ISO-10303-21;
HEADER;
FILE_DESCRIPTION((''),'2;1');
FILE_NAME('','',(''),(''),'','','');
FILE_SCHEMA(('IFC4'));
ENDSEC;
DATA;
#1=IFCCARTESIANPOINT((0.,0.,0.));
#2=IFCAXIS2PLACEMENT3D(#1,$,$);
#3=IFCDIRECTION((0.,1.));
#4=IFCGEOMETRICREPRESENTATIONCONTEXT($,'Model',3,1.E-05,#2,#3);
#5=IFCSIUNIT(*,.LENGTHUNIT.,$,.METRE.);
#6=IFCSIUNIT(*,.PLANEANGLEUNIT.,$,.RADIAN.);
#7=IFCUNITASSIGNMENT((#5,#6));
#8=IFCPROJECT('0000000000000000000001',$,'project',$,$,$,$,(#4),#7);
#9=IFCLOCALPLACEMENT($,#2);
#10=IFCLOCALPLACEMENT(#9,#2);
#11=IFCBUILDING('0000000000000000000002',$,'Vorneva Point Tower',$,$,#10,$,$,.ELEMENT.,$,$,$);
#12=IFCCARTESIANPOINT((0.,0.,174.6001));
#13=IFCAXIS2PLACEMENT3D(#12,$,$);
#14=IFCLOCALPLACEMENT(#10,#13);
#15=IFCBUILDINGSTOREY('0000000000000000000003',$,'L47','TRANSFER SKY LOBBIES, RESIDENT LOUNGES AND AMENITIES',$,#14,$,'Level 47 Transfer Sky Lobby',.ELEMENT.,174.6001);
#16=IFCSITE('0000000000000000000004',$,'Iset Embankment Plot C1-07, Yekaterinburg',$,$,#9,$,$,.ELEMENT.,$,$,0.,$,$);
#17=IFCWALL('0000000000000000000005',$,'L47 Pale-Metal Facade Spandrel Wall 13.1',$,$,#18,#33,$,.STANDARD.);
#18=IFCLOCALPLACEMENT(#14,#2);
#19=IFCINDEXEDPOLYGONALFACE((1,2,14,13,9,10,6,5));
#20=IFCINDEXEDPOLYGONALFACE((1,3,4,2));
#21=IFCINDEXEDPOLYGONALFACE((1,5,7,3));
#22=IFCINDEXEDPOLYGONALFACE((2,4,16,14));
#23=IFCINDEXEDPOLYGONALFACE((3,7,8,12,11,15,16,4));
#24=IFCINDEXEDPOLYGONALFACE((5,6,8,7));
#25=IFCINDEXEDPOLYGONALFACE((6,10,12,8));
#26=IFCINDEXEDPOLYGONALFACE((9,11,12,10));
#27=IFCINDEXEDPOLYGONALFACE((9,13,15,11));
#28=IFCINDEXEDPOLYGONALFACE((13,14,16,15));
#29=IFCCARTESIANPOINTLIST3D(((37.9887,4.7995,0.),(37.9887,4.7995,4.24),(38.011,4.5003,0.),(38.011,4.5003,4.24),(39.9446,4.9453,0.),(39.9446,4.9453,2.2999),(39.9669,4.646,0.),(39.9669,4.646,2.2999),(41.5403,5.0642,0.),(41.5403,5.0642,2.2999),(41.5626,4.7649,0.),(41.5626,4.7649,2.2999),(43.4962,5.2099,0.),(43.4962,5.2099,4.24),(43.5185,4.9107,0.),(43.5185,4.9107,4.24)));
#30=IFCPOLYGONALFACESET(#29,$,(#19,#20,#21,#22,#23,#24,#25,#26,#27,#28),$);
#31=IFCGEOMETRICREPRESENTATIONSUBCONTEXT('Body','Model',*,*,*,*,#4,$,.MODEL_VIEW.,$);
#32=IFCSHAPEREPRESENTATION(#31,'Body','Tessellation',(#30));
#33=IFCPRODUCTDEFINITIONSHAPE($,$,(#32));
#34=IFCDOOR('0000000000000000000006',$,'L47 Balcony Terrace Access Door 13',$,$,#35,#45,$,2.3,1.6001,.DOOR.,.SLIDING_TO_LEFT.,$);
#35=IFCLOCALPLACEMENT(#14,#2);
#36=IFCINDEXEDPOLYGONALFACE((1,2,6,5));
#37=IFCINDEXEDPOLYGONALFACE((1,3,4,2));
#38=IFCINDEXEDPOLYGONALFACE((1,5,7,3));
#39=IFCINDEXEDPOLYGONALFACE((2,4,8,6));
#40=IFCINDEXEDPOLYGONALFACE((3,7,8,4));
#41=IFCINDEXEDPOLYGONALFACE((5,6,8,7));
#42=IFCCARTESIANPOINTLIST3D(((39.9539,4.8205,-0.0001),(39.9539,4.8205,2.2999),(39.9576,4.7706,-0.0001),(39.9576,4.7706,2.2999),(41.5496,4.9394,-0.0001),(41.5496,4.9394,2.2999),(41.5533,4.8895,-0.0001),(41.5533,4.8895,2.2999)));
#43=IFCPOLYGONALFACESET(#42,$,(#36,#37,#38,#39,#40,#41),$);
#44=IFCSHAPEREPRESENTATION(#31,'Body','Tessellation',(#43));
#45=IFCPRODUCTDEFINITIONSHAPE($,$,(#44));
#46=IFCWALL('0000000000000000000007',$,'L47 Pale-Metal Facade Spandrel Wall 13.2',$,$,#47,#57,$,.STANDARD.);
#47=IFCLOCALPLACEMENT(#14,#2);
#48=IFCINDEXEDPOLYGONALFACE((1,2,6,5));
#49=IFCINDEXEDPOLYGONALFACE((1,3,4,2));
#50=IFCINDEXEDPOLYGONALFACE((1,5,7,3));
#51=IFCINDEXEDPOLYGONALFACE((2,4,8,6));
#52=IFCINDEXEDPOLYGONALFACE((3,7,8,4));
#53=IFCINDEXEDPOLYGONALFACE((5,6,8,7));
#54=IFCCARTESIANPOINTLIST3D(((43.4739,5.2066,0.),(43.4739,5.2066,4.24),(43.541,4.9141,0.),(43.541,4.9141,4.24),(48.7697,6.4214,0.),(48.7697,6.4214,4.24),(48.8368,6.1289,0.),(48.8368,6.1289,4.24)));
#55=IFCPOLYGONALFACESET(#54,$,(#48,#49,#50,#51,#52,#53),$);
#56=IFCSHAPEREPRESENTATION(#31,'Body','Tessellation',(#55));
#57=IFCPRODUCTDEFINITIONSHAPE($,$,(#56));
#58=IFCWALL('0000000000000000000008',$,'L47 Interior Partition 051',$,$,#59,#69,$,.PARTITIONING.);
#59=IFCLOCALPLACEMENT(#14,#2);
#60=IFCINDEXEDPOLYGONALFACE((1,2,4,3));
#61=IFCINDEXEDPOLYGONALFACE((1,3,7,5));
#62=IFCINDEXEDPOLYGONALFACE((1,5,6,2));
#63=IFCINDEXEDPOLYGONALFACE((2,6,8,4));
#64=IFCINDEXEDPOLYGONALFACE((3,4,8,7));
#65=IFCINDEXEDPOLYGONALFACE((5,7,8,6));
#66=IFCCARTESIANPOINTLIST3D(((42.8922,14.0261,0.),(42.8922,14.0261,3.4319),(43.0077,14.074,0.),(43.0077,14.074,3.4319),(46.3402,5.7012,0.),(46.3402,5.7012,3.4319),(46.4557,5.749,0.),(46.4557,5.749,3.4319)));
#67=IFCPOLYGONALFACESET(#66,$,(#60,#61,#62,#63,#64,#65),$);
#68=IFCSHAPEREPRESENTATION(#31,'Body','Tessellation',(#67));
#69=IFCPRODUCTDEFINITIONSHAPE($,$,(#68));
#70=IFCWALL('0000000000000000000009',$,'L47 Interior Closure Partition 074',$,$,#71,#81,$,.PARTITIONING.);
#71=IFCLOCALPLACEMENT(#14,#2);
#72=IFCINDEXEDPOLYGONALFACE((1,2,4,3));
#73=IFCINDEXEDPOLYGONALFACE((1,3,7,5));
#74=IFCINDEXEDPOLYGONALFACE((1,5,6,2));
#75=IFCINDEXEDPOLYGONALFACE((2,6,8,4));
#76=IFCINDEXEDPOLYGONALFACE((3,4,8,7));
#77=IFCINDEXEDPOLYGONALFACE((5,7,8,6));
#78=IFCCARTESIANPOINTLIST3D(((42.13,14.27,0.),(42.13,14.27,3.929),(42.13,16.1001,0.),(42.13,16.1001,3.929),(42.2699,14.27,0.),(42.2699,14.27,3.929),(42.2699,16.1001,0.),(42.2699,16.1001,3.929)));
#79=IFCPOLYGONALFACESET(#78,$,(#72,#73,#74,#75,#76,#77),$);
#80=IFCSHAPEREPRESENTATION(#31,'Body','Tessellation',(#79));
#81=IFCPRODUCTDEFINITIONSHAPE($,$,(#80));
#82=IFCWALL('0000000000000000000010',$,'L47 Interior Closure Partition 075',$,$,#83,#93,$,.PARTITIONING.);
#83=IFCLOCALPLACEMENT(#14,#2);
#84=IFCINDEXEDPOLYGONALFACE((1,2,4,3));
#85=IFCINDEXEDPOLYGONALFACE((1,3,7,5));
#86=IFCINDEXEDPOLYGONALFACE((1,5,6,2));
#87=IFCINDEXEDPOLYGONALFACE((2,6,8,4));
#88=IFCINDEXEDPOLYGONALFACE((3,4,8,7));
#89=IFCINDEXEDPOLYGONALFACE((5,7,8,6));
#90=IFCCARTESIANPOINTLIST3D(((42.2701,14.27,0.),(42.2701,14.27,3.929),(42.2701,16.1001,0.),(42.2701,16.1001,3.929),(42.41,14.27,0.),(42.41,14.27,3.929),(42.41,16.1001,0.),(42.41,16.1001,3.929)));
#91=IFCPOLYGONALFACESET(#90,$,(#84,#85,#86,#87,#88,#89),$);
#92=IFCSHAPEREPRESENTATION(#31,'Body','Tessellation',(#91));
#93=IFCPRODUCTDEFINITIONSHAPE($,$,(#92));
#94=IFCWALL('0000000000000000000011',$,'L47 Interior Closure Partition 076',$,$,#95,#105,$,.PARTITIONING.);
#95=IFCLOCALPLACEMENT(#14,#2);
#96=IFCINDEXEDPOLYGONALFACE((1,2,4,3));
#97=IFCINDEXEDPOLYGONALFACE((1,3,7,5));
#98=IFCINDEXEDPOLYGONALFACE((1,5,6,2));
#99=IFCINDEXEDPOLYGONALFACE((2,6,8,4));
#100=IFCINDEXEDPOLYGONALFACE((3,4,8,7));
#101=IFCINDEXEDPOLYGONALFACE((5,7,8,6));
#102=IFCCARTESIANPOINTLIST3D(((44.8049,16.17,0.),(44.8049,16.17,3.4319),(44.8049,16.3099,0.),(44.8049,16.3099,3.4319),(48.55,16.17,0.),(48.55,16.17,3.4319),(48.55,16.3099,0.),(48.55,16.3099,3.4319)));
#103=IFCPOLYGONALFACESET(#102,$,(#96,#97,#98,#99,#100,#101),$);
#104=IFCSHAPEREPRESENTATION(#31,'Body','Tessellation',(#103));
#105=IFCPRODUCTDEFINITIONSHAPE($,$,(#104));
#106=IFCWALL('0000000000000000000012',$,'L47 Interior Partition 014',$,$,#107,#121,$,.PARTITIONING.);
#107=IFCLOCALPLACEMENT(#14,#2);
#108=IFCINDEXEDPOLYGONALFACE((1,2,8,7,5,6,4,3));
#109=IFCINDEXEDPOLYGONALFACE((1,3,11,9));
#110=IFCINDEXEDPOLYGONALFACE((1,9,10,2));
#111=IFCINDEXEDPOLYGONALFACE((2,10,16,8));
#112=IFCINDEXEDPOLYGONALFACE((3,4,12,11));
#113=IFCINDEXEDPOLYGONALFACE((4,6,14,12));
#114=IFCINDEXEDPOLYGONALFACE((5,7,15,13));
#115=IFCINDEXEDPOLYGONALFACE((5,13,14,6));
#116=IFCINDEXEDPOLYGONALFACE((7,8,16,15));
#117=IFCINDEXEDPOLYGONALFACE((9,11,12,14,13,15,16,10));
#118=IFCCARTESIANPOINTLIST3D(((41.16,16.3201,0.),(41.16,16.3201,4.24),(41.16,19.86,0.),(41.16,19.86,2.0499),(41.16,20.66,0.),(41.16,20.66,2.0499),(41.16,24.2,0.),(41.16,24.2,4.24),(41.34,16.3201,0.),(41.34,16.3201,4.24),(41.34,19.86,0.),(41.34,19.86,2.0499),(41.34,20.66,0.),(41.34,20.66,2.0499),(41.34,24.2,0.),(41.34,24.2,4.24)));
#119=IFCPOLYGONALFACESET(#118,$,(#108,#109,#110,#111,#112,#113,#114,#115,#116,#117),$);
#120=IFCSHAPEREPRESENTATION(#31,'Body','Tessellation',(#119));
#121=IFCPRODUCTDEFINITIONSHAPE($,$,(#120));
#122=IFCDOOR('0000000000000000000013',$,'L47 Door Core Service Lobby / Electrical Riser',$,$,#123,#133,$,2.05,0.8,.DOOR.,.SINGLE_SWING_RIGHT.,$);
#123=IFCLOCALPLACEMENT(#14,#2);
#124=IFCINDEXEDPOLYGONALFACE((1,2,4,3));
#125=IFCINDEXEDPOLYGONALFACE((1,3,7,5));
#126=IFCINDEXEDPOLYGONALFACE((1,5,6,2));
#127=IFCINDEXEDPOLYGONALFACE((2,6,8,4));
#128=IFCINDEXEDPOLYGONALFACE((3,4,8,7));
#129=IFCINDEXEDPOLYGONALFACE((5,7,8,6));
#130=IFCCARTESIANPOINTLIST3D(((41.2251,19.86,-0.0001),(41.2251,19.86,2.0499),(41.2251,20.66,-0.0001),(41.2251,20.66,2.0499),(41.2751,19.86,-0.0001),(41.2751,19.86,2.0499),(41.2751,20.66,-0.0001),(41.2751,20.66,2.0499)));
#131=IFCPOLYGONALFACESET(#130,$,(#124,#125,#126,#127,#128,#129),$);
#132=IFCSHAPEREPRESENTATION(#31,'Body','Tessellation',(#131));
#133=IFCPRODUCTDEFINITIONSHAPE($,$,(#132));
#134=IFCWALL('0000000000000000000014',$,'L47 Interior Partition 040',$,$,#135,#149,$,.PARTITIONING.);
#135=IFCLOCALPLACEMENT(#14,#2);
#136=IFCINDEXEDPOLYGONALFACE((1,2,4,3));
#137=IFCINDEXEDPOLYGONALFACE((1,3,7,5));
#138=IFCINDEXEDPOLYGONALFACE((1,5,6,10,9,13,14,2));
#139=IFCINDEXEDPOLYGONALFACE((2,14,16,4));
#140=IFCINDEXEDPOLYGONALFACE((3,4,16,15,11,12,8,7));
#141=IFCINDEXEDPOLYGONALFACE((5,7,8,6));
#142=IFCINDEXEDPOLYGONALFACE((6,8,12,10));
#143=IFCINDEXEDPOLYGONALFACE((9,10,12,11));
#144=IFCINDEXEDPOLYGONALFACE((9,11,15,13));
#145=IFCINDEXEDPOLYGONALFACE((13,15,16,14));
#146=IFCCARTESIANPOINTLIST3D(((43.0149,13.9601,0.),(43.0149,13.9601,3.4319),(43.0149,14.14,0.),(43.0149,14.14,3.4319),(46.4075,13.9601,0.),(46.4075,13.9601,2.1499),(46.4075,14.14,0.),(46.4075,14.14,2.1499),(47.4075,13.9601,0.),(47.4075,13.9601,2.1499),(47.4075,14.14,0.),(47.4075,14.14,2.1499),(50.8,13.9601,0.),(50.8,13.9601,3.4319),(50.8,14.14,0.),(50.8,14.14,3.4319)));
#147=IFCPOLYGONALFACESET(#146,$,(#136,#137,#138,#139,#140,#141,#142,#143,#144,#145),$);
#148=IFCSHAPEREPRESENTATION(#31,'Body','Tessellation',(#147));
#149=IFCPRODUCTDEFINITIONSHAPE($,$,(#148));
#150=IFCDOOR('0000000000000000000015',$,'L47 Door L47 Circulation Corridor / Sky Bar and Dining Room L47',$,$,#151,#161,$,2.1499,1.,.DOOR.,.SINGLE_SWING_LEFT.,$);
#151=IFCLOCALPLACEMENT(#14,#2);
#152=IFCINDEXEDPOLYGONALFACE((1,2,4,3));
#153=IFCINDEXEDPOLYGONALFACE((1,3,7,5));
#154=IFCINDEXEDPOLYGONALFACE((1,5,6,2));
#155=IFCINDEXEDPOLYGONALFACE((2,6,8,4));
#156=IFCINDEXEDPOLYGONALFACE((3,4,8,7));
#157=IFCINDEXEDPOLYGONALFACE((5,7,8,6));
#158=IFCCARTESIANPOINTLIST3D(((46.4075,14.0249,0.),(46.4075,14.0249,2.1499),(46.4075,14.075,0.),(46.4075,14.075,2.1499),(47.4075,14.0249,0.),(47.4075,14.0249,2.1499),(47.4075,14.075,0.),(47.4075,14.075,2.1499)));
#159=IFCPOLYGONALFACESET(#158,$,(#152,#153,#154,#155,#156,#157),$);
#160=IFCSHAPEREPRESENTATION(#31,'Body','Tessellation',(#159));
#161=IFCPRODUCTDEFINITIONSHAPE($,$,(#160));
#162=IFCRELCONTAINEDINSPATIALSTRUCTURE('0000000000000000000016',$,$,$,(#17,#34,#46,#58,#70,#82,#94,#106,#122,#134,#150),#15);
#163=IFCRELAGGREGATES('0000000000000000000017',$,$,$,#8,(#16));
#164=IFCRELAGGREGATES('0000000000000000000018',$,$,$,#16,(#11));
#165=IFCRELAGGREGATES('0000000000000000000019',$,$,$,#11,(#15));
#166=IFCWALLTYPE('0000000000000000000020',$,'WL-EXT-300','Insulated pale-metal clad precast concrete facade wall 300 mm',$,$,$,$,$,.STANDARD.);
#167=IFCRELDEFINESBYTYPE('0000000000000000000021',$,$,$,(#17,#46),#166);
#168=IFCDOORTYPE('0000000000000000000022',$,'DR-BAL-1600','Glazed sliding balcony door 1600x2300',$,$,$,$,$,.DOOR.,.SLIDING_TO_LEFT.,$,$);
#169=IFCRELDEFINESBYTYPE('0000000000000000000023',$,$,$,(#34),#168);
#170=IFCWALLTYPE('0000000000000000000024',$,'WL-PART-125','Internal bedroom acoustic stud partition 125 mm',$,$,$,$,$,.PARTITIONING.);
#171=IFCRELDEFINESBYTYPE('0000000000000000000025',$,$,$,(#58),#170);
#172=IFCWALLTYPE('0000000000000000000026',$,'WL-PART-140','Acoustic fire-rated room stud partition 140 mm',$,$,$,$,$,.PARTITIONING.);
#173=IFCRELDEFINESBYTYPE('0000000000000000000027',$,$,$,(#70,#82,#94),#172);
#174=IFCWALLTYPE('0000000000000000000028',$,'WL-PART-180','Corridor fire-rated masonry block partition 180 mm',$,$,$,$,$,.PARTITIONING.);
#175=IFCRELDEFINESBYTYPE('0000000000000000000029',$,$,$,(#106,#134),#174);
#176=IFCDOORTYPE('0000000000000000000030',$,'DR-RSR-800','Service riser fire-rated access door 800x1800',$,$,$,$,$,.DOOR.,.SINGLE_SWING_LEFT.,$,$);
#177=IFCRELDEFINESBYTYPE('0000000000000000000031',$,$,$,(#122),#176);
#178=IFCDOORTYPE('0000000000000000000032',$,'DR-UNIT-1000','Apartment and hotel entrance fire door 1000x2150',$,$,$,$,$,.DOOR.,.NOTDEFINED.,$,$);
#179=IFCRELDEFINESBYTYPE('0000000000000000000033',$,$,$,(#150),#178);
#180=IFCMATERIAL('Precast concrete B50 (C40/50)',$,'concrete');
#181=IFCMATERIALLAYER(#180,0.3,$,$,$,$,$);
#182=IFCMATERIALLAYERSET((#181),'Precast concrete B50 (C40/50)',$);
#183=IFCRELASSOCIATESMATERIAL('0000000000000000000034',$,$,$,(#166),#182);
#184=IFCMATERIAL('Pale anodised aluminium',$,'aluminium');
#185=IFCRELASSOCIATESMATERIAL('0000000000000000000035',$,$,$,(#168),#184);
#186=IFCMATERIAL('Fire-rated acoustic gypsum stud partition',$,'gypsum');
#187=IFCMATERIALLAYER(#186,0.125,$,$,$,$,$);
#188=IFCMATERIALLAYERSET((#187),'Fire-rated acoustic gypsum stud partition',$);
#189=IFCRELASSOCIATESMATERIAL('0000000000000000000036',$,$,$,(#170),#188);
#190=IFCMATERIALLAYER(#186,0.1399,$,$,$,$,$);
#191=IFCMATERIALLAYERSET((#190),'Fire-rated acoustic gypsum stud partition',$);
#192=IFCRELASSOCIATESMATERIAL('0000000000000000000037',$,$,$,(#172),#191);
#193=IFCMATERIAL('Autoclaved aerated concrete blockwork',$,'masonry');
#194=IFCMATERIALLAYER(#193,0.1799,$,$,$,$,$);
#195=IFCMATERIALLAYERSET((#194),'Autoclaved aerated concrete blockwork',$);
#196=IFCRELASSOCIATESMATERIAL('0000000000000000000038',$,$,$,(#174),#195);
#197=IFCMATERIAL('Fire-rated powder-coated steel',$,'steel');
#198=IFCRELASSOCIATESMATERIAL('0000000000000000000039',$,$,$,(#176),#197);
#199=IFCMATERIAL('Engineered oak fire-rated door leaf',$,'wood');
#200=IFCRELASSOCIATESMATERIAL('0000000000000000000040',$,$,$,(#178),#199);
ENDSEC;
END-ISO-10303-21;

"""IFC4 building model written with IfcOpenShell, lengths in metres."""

from ifc_helpers import new_model, si_unit, direction, frame, frame_2d, origin, place, context, subcontext, project, spatial, rectangle, extrude, material, layer, layer_set, type_object, element, fill, save


model = new_model("IFC4")

# Units and contexts
model_context = context("Model", 3, precision=1e-05, world=origin(), true_north=direction((0.0, 1.0)))
body_context = subcontext(model_context, "Body", "Model", "MODEL_VIEW")
ifc_project = project(units=[si_unit("LENGTHUNIT", "METRE"), si_unit("PLANEANGLEUNIT", "RADIAN")], contexts=[model_context])

# Site, building, storey
site_placement = place(None, origin())
site = spatial("IfcSite", under=ifc_project, at=site_placement, Name="Iset Embankment Plot C1-07, Yekaterinburg", CompositionType="ELEMENT", RefElevation=0.0)
building_placement = place(site_placement, origin())
building = spatial("IfcBuilding", under=site, at=building_placement, Name="Vorneva Point Tower", CompositionType="ELEMENT")
storey_placement = place(building_placement, frame((0.0, 0.0, 174.6001)))
storey = spatial("IfcBuildingStorey", under=building, at=storey_placement, Name="L47", Description="TRANSFER SKY LOBBIES, RESIDENT LOUNGES AND AMENITIES", LongName="Level 47 Transfer Sky Lobby", CompositionType="ELEMENT", Elevation=174.6001)

# Shared definitions
ifc_material_1 = material(Name="Pale anodised aluminium", Category="aluminium")

# Wall, opening, door
ifc_material_2 = material(Name="Precast concrete B50 (C40/50)", Category="concrete")
ifc_layer_1 = layer(ifc_material_2, 0.3)
ifc_layer_set_1 = layer_set([ifc_layer_1], Name="Precast concrete B50 (C40/50)")
wall_type_1 = type_object("IfcWallType", Name="WL-EXT-300", Description="Insulated pale-metal clad precast concrete facade wall 300 mm", PredefinedType="STANDARD", material=ifc_layer_set_1)
wall_1_placement = place(storey_placement, frame((38.0, 4.6499, 0.0), z_axis=(0.0, 0.0, 1.0), x_axis=(0.997235, 0.074313, 0.0)))
wall_1 = element("IfcWall", 1, at=wall_1_placement, inside=storey, type_object=wall_type_1, Name="L47 Pale-Metal Facade Spandrel Wall 13.1", PredefinedType="STANDARD", context=body_context, shape_type="SweptSolid", body=[
    extrude(rectangle(XDim=5.5227, YDim=0.3, at=frame_2d((2.7612, 0.0))), origin(), (0.0, 0.0, 1.0), 4.24),
])
opening_1_placement = place(wall_1_placement, frame((1.9612, 0.0, 0.0)))
opening_1 = element("IfcOpeningElement", 2, at=opening_1_placement, cuts=wall_1, PredefinedType="OPENING", context=body_context, shape_type="SweptSolid", body=[
    extrude(rectangle(XDim=1.6001, YDim=2.3, at=frame_2d((0.8, 1.1499))), frame((0.0, 0.165, 0.0), z_axis=(0.0, -1.0, 0.0), x_axis=(1.0, 0.0, 0.0)), (0.0, 0.0, 1.0), 0.3298),
])
door_type_1 = type_object("IfcDoorType", Name="DR-BAL-1600", Description="Glazed sliding balcony door 1600x2300", OperationType="SLIDING_TO_LEFT", PredefinedType="DOOR", material=ifc_material_1)
door_1_placement = place(opening_1_placement, origin())
door_1 = element("IfcDoor", 3, at=door_1_placement, inside=storey, type_object=door_type_1, Name="L47 Balcony Terrace Access Door 13", OperationType="SLIDING_TO_LEFT", OverallHeight=2.3, OverallWidth=1.6001, PredefinedType="DOOR", context=body_context, shape_type="SweptSolid", body=[
    extrude(rectangle(XDim=1.6001, YDim=2.3, at=frame_2d((0.8, 1.1499))), frame((0.0, 0.0249, 0.0), z_axis=(0.0, -1.0, 0.0), x_axis=(1.0, 0.0, 0.0)), (0.0, 0.0, 1.0), 0.05),
])
fill(opening_1, door_1)

# Walls
wall_2_placement = place(storey_placement, frame((43.5073, 5.0603, 0.0), z_axis=(0.0, 0.0, 1.0), x_axis=(0.974684, 0.223586, 0.0)))
element("IfcWall", 4, at=wall_2_placement, inside=storey, type_object=wall_type_1, Name="L47 Pale-Metal Facade Spandrel Wall 13.2", PredefinedType="STANDARD", context=body_context, shape_type="SweptSolid", body=[
    extrude(rectangle(XDim=5.4333, YDim=0.3, at=frame_2d((2.7168, 0.0))), origin(), (0.0, 0.0, 1.0), 4.24),
])
ifc_material_3 = material(Name="Fire-rated acoustic gypsum stud partition", Category="gypsum")
ifc_layer_2 = layer(ifc_material_3, 0.125)
ifc_layer_set_2 = layer_set([ifc_layer_2], Name="Fire-rated acoustic gypsum stud partition")
wall_type_2 = type_object("IfcWallType", Name="WL-PART-125", Description="Internal bedroom acoustic stud partition 125 mm", PredefinedType="PARTITIONING", material=ifc_layer_set_2)
wall_3_placement = place(storey_placement, frame((46.3979, 5.7251, 0.0), z_axis=(0.0, 0.0, 1.0), x_axis=(-0.382654, 0.923892, 0.0)))
element("IfcWall", 5, at=wall_3_placement, inside=storey, type_object=wall_type_2, Name="L47 Interior Partition 051", PredefinedType="PARTITIONING", context=body_context, shape_type="SweptSolid", body=[
    extrude(rectangle(XDim=9.0107, YDim=0.125, at=frame_2d((4.5054, 0.0))), origin(), (0.0, 0.0, 1.0), 3.4319),
])
ifc_layer_3 = layer(ifc_material_3, 0.1399)
ifc_layer_set_3 = layer_set([ifc_layer_3], Name="Fire-rated acoustic gypsum stud partition")
wall_type_3 = type_object("IfcWallType", Name="WL-PART-140", Description="Acoustic fire-rated room stud partition 140 mm", PredefinedType="PARTITIONING", material=ifc_layer_set_3)
for number, where, z_axis, x_axis, name in (
    (6, (42.2, 16.1001, 0.0), (0.0, 0.0, 1.0), (0.0, -1.0, 0.0), "L47 Interior Closure Partition 074"),
    (7, (42.3401, 14.27, 0.0), (0.0, 0.0, 1.0), (0.0, 1.0, 0.0), "L47 Interior Closure Partition 075"),
):
    element("IfcWall", number, at=place(storey_placement, frame(where, z_axis=z_axis, x_axis=x_axis)), inside=storey, type_object=wall_type_3, Name=name, PredefinedType="PARTITIONING", context=body_context, shape_type="SweptSolid", body=[
        extrude(rectangle(XDim=1.8301, YDim=0.1399, at=frame_2d((0.915, 0.0))), origin(), (0.0, 0.0, 1.0), 3.929),
    ])
wall_4_placement = place(storey_placement, frame((44.8049, 16.24, 0.0), z_axis=(0.0, 0.0, 1.0), x_axis=(1.0, 0.0, 0.0)))
element("IfcWall", 8, at=wall_4_placement, inside=storey, type_object=wall_type_3, Name="L47 Interior Closure Partition 076", PredefinedType="PARTITIONING", context=body_context, shape_type="SweptSolid", body=[
    extrude(rectangle(XDim=3.7451, YDim=0.1399, at=frame_2d((1.8726, 0.0))), origin(), (0.0, 0.0, 1.0), 3.4319),
])

# Walls, openings, doors
ifc_material_4 = material(Name="Autoclaved aerated concrete blockwork", Category="masonry")
ifc_layer_4 = layer(ifc_material_4, 0.1799)
ifc_layer_set_4 = layer_set([ifc_layer_4], Name="Autoclaved aerated concrete blockwork")
wall_type_4 = type_object("IfcWallType", Name="WL-PART-180", Description="Corridor fire-rated masonry block partition 180 mm", PredefinedType="PARTITIONING", material=ifc_layer_set_4)
wall_5_placement = place(storey_placement, frame((41.25, 16.3201, 0.0), z_axis=(0.0, 0.0, 1.0), x_axis=(0.0, 1.0, 0.0)))
wall_5 = element("IfcWall", 9, at=wall_5_placement, inside=storey, type_object=wall_type_4, Name="L47 Interior Partition 014", PredefinedType="PARTITIONING", context=body_context, shape_type="SweptSolid", body=[
    extrude(rectangle(XDim=7.8799, YDim=0.1799, at=frame_2d((3.9399, 0.0))), origin(), (0.0, 0.0, 1.0), 4.24),
])
opening_2_placement = place(wall_5_placement, frame((3.54, 0.0, 0.0)))
opening_2 = element("IfcOpeningElement", 10, at=opening_2_placement, cuts=wall_5, PredefinedType="OPENING", context=body_context, shape_type="SweptSolid", body=[
    extrude(rectangle(XDim=0.8, YDim=2.05, at=frame_2d((0.3999, 1.0249))), frame((0.0, 0.105, 0.0), z_axis=(0.0, -1.0, 0.0), x_axis=(1.0, 0.0, 0.0)), (0.0, 0.0, 1.0), 0.2097),
])
ifc_material_5 = material(Name="Fire-rated powder-coated steel", Category="steel")
door_type_2 = type_object("IfcDoorType", Name="DR-RSR-800", Description="Service riser fire-rated access door 800x1800", OperationType="SINGLE_SWING_LEFT", PredefinedType="DOOR", material=ifc_material_5)
door_2_placement = place(opening_2_placement, origin())
door_2 = element("IfcDoor", 11, at=door_2_placement, inside=storey, type_object=door_type_2, Name="L47 Door Core Service Lobby / Electrical Riser", OperationType="SINGLE_SWING_RIGHT", OverallHeight=2.05, OverallWidth=0.8, PredefinedType="DOOR", context=body_context, shape_type="SweptSolid", body=[
    extrude(rectangle(XDim=0.8, YDim=2.05, at=frame_2d((0.3999, 1.0249))), frame((0.0, 0.0249, 0.0), z_axis=(0.0, -1.0, 0.0), x_axis=(1.0, 0.0, 0.0)), (0.0, 0.0, 1.0), 0.05),
])
fill(opening_2, door_2)
wall_6_placement = place(storey_placement, frame((43.0149, 14.05, 0.0), z_axis=(0.0, 0.0, 1.0), x_axis=(1.0, 0.0, 0.0)))
wall_6 = element("IfcWall", 12, at=wall_6_placement, inside=storey, type_object=wall_type_4, Name="L47 Interior Partition 040", PredefinedType="PARTITIONING", context=body_context, shape_type="SweptSolid", body=[
    extrude(rectangle(XDim=7.7852, YDim=0.1799, at=frame_2d((3.8926, 0.0))), origin(), (0.0, 0.0, 1.0), 3.4319),
])
opening_3_placement = place(wall_6_placement, frame((3.3926, 0.0, 0.0)))
opening_3 = element("IfcOpeningElement", 13, at=opening_3_placement, cuts=wall_6, PredefinedType="OPENING", context=body_context, shape_type="SweptSolid", body=[
    extrude(rectangle(XDim=1.0, YDim=2.1499, at=frame_2d((0.5, 1.075))), frame((0.0, 0.105, 0.0), z_axis=(0.0, -1.0, 0.0), x_axis=(1.0, 0.0, 0.0)), (0.0, 0.0, 1.0), 0.2097),
])
ifc_material_6 = material(Name="Engineered oak fire-rated door leaf", Category="wood")
door_type_3 = type_object("IfcDoorType", Name="DR-UNIT-1000", Description="Apartment and hotel entrance fire door 1000x2150", OperationType="NOTDEFINED", PredefinedType="DOOR", material=ifc_material_6)
door_3_placement = place(opening_3_placement, origin())
door_3 = element("IfcDoor", 14, at=door_3_placement, inside=storey, type_object=door_type_3, Name="L47 Door L47 Circulation Corridor / Sky Bar and Dining Room L47", OperationType="SINGLE_SWING_LEFT", OverallHeight=2.1499, OverallWidth=1.0, PredefinedType="DOOR", context=body_context, shape_type="SweptSolid", body=[
    extrude(rectangle(XDim=1.0, YDim=2.1499, at=frame_2d((0.5, 1.075))), frame((0.0, 0.0249, 0.0), z_axis=(0.0, -1.0, 0.0), x_axis=(1.0, 0.0, 0.0)), (0.0, 0.0, 1.0), 0.05),
])
fill(opening_3, door_3)

save(model, "model.ifc")
